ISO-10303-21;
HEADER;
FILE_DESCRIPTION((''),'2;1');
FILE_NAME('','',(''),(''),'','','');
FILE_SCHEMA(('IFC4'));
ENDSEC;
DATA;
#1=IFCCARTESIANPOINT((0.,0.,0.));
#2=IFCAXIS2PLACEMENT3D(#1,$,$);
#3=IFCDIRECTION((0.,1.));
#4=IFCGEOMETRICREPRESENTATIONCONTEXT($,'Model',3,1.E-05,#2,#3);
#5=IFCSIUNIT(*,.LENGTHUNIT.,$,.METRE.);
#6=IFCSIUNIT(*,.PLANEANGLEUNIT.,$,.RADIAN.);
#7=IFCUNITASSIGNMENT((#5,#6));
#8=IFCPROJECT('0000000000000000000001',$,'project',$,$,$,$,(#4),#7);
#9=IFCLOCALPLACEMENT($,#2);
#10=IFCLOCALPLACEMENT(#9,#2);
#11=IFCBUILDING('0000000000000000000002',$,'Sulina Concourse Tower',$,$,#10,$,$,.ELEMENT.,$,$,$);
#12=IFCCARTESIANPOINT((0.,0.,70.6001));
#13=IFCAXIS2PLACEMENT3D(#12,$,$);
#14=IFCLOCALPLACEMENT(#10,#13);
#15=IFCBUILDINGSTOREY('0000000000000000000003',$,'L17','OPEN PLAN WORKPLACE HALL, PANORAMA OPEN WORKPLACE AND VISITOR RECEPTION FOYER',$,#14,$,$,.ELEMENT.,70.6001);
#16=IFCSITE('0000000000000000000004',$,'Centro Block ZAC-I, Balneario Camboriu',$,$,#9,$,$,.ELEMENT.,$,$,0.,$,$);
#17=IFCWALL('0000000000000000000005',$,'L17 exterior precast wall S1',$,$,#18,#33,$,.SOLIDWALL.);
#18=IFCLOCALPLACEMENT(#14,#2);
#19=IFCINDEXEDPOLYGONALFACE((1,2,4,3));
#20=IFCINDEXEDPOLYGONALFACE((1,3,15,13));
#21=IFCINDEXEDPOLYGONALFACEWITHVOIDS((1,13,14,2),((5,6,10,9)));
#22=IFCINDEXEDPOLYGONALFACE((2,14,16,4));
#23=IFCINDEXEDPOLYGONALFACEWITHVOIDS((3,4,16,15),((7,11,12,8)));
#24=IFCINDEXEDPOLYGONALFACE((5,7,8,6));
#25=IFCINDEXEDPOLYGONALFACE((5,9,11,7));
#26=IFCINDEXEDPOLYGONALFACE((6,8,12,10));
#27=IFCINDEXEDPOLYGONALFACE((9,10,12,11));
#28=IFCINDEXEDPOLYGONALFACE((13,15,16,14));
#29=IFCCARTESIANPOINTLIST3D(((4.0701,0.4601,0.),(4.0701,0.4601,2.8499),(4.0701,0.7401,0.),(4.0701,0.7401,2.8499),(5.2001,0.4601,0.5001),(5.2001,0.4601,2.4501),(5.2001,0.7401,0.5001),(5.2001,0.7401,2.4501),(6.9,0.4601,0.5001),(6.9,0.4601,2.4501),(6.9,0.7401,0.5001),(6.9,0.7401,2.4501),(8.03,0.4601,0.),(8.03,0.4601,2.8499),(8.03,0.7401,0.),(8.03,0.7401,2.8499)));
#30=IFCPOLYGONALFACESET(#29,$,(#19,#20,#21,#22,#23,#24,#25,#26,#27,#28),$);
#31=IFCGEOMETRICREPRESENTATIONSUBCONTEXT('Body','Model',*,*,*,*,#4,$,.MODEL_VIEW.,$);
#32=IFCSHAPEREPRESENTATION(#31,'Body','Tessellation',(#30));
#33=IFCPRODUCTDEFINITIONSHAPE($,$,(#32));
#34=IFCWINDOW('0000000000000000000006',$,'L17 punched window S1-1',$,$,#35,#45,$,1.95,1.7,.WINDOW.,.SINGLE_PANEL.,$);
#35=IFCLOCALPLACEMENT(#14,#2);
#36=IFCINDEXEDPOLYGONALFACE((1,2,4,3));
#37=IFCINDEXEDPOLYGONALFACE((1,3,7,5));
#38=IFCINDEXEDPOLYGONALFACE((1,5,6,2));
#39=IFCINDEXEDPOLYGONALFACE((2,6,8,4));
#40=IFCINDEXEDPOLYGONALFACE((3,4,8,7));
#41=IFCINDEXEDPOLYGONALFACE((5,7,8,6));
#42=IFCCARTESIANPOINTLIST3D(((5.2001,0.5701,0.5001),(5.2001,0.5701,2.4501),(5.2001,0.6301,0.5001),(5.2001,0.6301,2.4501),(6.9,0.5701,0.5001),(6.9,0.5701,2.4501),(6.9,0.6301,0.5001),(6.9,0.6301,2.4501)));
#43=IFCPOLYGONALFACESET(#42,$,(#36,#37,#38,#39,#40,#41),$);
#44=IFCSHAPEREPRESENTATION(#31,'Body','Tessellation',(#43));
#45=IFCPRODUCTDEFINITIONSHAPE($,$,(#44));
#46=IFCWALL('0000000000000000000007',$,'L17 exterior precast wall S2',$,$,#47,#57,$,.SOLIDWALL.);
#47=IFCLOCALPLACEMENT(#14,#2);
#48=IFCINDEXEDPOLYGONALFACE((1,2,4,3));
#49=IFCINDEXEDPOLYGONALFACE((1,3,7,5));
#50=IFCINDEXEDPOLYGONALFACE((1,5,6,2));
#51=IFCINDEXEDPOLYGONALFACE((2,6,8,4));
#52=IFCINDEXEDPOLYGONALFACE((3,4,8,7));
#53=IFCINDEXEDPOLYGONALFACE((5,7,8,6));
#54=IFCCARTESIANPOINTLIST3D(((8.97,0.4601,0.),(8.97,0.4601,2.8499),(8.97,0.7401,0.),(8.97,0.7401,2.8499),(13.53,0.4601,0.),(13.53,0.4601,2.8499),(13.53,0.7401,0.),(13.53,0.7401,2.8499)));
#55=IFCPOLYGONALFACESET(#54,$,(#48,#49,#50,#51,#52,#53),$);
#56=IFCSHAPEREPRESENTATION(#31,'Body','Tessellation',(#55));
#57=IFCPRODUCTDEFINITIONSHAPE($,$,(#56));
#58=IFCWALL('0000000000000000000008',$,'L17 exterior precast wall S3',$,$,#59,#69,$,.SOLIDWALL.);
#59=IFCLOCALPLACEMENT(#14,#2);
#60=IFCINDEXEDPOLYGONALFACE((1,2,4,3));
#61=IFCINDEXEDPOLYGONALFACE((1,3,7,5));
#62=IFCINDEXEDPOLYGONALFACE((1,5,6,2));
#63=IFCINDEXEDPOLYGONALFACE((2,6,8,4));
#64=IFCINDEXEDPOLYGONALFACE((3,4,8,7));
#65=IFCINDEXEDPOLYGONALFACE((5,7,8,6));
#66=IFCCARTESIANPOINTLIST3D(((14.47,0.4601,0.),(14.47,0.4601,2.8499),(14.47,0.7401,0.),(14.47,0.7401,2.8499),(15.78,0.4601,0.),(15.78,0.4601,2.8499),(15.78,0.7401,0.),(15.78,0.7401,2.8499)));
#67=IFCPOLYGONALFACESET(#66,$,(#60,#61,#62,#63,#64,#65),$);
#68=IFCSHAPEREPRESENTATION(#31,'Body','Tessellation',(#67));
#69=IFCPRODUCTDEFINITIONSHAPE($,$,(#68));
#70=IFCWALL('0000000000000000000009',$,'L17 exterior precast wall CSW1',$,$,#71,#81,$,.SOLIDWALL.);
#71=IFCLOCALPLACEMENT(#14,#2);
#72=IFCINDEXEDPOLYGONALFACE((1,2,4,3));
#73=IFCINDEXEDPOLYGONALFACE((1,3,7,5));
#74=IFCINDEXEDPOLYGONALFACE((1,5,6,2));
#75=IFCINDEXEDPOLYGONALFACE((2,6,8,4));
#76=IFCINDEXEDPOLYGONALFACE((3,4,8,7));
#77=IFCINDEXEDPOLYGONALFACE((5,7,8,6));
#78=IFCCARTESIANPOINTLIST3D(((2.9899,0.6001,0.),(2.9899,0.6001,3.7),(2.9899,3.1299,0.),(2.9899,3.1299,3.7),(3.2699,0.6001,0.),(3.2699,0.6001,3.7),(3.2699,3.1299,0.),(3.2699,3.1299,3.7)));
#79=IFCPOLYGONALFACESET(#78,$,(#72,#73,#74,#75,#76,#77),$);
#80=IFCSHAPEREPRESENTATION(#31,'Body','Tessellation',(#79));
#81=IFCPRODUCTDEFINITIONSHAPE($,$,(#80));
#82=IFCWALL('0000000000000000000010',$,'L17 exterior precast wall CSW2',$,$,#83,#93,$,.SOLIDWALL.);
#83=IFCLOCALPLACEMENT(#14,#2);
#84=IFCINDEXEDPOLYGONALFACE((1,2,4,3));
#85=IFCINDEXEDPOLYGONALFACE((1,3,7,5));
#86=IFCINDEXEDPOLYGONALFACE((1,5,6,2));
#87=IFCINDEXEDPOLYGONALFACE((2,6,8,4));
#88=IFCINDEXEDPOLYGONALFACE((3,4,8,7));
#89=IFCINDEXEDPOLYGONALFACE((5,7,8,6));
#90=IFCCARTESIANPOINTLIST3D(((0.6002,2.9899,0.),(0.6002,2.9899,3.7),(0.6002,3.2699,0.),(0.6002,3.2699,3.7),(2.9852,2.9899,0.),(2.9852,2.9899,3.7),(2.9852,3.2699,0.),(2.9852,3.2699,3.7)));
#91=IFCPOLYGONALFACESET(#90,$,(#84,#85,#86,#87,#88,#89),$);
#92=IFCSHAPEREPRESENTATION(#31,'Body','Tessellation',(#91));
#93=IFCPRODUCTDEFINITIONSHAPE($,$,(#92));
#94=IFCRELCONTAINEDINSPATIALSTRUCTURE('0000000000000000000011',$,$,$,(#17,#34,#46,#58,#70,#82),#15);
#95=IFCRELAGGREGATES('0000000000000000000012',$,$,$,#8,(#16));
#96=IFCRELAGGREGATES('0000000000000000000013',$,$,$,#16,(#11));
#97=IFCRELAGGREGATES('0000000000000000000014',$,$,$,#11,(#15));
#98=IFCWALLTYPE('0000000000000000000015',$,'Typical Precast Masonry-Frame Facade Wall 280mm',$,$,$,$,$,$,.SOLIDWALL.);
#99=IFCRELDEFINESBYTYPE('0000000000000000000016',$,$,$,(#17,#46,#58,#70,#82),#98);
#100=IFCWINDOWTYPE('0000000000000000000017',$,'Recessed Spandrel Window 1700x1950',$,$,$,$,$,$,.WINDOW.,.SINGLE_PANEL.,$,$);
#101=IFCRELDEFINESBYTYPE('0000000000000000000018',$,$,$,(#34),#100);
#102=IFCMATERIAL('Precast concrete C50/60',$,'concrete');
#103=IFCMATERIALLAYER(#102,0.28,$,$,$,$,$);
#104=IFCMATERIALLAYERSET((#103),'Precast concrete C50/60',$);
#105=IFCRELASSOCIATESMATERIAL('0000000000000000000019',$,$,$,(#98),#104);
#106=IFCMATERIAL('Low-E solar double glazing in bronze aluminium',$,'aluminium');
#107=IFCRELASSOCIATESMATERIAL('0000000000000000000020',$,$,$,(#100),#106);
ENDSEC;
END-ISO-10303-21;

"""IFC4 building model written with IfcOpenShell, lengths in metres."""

from ifc_helpers import new_model, si_unit, direction, frame, frame_2d, origin, place, context, subcontext, project, spatial, rectangle, extrude, material, layer, layer_set, type_object, element, fill, save


model = new_model("IFC4")

# Units and contexts
model_context = context("Model", 3, precision=1e-05, world=origin(), true_north=direction((0.0, 1.0)))
body_context = subcontext(model_context, "Body", "Model", "MODEL_VIEW")
ifc_project = project(units=[si_unit("LENGTHUNIT", "METRE"), si_unit("PLANEANGLEUNIT", "RADIAN")], contexts=[model_context])

# Site, building, storey
site_placement = place(None, origin())
site = spatial("IfcSite", under=ifc_project, at=site_placement, Name="Centro Block ZAC-I, Balneario Camboriu", CompositionType="ELEMENT", RefElevation=0.0)
building_placement = place(site_placement, origin())
building = spatial("IfcBuilding", under=site, at=building_placement, Name="Sulina Concourse Tower", CompositionType="ELEMENT")
storey_placement = place(building_placement, frame((0.0, 0.0, 70.6001)))
storey = spatial("IfcBuildingStorey", under=building, at=storey_placement, Name="L17", Description="OPEN PLAN WORKPLACE HALL, PANORAMA OPEN WORKPLACE AND VISITOR RECEPTION FOYER", CompositionType="ELEMENT", Elevation=70.6001)

# Wall, opening, window
ifc_material_1 = material(Name="Precast concrete C50/60", Category="concrete")
ifc_layer_1 = layer(ifc_material_1, 0.28)
ifc_layer_set_1 = layer_set([ifc_layer_1], Name="Precast concrete C50/60")
wall_type_1 = type_object("IfcWallType", Name="Typical Precast Masonry-Frame Facade Wall 280mm", PredefinedType="SOLIDWALL", material=ifc_layer_set_1)
wall_1_placement = place(storey_placement, frame((8.03, 0.6001, 0.0), z_axis=(0.0, 0.0, 1.0), x_axis=(-1.0, 0.0, 0.0)))
wall_1 = element("IfcWall", 1, at=wall_1_placement, inside=storey, type_object=wall_type_1, Name="L17 exterior precast wall S1", PredefinedType="SOLIDWALL", context=body_context, shape_type="SweptSolid", body=[
    extrude(rectangle(XDim=3.96, YDim=0.28, at=frame_2d((1.98, 0.0))), origin(), (0.0, 0.0, 1.0), 2.8499),
])
opening_placement = place(wall_1_placement, frame((1.1299, 0.0, 0.5)))
opening = element("IfcOpeningElement", 2, at=opening_placement, cuts=wall_1, PredefinedType="OPENING", context=body_context, shape_type="SweptSolid", body=[
    extrude(rectangle(XDim=1.7, YDim=1.95, at=frame_2d((0.8501, 0.9751))), frame((0.0, 0.1499, 0.0), z_axis=(0.0, -1.0, 0.0), x_axis=(1.0, 0.0, 0.0)), (0.0, 0.0, 1.0), 0.3),
])
ifc_material_2 = material(Name="Low-E solar double glazing in bronze aluminium", Category="aluminium")
window_type = type_object("IfcWindowType", Name="Recessed Spandrel Window 1700x1950", PartitioningType="SINGLE_PANEL", PredefinedType="WINDOW", material=ifc_material_2)
window_placement = place(opening_placement, origin())
window = element("IfcWindow", 3, at=window_placement, inside=storey, type_object=window_type, Name="L17 punched window S1-1", OverallHeight=1.95, OverallWidth=1.7, PartitioningType="SINGLE_PANEL", PredefinedType="WINDOW", context=body_context, shape_type="SweptSolid", body=[
    extrude(rectangle(XDim=1.7, YDim=1.95, at=frame_2d((0.8501, 0.9751))), frame((0.0, 0.03, 0.0), z_axis=(0.0, -1.0, 0.0), x_axis=(1.0, 0.0, 0.0)), (0.0, 0.0, 1.0), 0.0601),
])
fill(opening, window)

# Walls
wall_2_placement = place(storey_placement, frame((13.53, 0.6001, 0.0), z_axis=(0.0, 0.0, 1.0), x_axis=(-1.0, 0.0, 0.0)))
element("IfcWall", 4, at=wall_2_placement, inside=storey, type_object=wall_type_1, Name="L17 exterior precast wall S2", PredefinedType="SOLIDWALL", context=body_context, shape_type="SweptSolid", body=[
    extrude(rectangle(XDim=4.5601, YDim=0.28, at=frame_2d((2.28, 0.0))), origin(), (0.0, 0.0, 1.0), 2.8499),
])
wall_3_placement = place(storey_placement, frame((15.78, 0.6001, 0.0), z_axis=(0.0, 0.0, 1.0), x_axis=(-1.0, 0.0, 0.0)))
element("IfcWall", 5, at=wall_3_placement, inside=storey, type_object=wall_type_1, Name="L17 exterior precast wall S3", PredefinedType="SOLIDWALL", context=body_context, shape_type="SweptSolid", body=[
    extrude(rectangle(XDim=1.3101, YDim=0.28, at=frame_2d((0.655, 0.0))), origin(), (0.0, 0.0, 1.0), 2.8499),
])
wall_4_placement = place(storey_placement, frame((3.1299, 0.6001, 0.0), z_axis=(0.0, 0.0, 1.0), x_axis=(0.0, 1.0, 0.0)))
element("IfcWall", 6, at=wall_4_placement, inside=storey, type_object=wall_type_1, Name="L17 exterior precast wall CSW1", PredefinedType="SOLIDWALL", context=body_context, shape_type="SweptSolid", body=[
    extrude(rectangle(XDim=2.5298, YDim=0.28, at=frame_2d((1.2649, 0.0))), origin(), (0.0, 0.0, 1.0), 3.7),
])
wall_5_placement = place(storey_placement, frame((2.9851, 3.1299, 0.0), z_axis=(0.0, 0.0, 1.0), x_axis=(-1.0, 0.0, 0.0)))
element("IfcWall", 7, at=wall_5_placement, inside=storey, type_object=wall_type_1, Name="L17 exterior precast wall CSW2", PredefinedType="SOLIDWALL", context=body_context, shape_type="SweptSolid", body=[
    extrude(rectangle(XDim=2.385, YDim=0.28, at=frame_2d((1.1924, 0.0))), origin(), (0.0, 0.0, 1.0), 3.7),
])

save(model, "model.ifc")
